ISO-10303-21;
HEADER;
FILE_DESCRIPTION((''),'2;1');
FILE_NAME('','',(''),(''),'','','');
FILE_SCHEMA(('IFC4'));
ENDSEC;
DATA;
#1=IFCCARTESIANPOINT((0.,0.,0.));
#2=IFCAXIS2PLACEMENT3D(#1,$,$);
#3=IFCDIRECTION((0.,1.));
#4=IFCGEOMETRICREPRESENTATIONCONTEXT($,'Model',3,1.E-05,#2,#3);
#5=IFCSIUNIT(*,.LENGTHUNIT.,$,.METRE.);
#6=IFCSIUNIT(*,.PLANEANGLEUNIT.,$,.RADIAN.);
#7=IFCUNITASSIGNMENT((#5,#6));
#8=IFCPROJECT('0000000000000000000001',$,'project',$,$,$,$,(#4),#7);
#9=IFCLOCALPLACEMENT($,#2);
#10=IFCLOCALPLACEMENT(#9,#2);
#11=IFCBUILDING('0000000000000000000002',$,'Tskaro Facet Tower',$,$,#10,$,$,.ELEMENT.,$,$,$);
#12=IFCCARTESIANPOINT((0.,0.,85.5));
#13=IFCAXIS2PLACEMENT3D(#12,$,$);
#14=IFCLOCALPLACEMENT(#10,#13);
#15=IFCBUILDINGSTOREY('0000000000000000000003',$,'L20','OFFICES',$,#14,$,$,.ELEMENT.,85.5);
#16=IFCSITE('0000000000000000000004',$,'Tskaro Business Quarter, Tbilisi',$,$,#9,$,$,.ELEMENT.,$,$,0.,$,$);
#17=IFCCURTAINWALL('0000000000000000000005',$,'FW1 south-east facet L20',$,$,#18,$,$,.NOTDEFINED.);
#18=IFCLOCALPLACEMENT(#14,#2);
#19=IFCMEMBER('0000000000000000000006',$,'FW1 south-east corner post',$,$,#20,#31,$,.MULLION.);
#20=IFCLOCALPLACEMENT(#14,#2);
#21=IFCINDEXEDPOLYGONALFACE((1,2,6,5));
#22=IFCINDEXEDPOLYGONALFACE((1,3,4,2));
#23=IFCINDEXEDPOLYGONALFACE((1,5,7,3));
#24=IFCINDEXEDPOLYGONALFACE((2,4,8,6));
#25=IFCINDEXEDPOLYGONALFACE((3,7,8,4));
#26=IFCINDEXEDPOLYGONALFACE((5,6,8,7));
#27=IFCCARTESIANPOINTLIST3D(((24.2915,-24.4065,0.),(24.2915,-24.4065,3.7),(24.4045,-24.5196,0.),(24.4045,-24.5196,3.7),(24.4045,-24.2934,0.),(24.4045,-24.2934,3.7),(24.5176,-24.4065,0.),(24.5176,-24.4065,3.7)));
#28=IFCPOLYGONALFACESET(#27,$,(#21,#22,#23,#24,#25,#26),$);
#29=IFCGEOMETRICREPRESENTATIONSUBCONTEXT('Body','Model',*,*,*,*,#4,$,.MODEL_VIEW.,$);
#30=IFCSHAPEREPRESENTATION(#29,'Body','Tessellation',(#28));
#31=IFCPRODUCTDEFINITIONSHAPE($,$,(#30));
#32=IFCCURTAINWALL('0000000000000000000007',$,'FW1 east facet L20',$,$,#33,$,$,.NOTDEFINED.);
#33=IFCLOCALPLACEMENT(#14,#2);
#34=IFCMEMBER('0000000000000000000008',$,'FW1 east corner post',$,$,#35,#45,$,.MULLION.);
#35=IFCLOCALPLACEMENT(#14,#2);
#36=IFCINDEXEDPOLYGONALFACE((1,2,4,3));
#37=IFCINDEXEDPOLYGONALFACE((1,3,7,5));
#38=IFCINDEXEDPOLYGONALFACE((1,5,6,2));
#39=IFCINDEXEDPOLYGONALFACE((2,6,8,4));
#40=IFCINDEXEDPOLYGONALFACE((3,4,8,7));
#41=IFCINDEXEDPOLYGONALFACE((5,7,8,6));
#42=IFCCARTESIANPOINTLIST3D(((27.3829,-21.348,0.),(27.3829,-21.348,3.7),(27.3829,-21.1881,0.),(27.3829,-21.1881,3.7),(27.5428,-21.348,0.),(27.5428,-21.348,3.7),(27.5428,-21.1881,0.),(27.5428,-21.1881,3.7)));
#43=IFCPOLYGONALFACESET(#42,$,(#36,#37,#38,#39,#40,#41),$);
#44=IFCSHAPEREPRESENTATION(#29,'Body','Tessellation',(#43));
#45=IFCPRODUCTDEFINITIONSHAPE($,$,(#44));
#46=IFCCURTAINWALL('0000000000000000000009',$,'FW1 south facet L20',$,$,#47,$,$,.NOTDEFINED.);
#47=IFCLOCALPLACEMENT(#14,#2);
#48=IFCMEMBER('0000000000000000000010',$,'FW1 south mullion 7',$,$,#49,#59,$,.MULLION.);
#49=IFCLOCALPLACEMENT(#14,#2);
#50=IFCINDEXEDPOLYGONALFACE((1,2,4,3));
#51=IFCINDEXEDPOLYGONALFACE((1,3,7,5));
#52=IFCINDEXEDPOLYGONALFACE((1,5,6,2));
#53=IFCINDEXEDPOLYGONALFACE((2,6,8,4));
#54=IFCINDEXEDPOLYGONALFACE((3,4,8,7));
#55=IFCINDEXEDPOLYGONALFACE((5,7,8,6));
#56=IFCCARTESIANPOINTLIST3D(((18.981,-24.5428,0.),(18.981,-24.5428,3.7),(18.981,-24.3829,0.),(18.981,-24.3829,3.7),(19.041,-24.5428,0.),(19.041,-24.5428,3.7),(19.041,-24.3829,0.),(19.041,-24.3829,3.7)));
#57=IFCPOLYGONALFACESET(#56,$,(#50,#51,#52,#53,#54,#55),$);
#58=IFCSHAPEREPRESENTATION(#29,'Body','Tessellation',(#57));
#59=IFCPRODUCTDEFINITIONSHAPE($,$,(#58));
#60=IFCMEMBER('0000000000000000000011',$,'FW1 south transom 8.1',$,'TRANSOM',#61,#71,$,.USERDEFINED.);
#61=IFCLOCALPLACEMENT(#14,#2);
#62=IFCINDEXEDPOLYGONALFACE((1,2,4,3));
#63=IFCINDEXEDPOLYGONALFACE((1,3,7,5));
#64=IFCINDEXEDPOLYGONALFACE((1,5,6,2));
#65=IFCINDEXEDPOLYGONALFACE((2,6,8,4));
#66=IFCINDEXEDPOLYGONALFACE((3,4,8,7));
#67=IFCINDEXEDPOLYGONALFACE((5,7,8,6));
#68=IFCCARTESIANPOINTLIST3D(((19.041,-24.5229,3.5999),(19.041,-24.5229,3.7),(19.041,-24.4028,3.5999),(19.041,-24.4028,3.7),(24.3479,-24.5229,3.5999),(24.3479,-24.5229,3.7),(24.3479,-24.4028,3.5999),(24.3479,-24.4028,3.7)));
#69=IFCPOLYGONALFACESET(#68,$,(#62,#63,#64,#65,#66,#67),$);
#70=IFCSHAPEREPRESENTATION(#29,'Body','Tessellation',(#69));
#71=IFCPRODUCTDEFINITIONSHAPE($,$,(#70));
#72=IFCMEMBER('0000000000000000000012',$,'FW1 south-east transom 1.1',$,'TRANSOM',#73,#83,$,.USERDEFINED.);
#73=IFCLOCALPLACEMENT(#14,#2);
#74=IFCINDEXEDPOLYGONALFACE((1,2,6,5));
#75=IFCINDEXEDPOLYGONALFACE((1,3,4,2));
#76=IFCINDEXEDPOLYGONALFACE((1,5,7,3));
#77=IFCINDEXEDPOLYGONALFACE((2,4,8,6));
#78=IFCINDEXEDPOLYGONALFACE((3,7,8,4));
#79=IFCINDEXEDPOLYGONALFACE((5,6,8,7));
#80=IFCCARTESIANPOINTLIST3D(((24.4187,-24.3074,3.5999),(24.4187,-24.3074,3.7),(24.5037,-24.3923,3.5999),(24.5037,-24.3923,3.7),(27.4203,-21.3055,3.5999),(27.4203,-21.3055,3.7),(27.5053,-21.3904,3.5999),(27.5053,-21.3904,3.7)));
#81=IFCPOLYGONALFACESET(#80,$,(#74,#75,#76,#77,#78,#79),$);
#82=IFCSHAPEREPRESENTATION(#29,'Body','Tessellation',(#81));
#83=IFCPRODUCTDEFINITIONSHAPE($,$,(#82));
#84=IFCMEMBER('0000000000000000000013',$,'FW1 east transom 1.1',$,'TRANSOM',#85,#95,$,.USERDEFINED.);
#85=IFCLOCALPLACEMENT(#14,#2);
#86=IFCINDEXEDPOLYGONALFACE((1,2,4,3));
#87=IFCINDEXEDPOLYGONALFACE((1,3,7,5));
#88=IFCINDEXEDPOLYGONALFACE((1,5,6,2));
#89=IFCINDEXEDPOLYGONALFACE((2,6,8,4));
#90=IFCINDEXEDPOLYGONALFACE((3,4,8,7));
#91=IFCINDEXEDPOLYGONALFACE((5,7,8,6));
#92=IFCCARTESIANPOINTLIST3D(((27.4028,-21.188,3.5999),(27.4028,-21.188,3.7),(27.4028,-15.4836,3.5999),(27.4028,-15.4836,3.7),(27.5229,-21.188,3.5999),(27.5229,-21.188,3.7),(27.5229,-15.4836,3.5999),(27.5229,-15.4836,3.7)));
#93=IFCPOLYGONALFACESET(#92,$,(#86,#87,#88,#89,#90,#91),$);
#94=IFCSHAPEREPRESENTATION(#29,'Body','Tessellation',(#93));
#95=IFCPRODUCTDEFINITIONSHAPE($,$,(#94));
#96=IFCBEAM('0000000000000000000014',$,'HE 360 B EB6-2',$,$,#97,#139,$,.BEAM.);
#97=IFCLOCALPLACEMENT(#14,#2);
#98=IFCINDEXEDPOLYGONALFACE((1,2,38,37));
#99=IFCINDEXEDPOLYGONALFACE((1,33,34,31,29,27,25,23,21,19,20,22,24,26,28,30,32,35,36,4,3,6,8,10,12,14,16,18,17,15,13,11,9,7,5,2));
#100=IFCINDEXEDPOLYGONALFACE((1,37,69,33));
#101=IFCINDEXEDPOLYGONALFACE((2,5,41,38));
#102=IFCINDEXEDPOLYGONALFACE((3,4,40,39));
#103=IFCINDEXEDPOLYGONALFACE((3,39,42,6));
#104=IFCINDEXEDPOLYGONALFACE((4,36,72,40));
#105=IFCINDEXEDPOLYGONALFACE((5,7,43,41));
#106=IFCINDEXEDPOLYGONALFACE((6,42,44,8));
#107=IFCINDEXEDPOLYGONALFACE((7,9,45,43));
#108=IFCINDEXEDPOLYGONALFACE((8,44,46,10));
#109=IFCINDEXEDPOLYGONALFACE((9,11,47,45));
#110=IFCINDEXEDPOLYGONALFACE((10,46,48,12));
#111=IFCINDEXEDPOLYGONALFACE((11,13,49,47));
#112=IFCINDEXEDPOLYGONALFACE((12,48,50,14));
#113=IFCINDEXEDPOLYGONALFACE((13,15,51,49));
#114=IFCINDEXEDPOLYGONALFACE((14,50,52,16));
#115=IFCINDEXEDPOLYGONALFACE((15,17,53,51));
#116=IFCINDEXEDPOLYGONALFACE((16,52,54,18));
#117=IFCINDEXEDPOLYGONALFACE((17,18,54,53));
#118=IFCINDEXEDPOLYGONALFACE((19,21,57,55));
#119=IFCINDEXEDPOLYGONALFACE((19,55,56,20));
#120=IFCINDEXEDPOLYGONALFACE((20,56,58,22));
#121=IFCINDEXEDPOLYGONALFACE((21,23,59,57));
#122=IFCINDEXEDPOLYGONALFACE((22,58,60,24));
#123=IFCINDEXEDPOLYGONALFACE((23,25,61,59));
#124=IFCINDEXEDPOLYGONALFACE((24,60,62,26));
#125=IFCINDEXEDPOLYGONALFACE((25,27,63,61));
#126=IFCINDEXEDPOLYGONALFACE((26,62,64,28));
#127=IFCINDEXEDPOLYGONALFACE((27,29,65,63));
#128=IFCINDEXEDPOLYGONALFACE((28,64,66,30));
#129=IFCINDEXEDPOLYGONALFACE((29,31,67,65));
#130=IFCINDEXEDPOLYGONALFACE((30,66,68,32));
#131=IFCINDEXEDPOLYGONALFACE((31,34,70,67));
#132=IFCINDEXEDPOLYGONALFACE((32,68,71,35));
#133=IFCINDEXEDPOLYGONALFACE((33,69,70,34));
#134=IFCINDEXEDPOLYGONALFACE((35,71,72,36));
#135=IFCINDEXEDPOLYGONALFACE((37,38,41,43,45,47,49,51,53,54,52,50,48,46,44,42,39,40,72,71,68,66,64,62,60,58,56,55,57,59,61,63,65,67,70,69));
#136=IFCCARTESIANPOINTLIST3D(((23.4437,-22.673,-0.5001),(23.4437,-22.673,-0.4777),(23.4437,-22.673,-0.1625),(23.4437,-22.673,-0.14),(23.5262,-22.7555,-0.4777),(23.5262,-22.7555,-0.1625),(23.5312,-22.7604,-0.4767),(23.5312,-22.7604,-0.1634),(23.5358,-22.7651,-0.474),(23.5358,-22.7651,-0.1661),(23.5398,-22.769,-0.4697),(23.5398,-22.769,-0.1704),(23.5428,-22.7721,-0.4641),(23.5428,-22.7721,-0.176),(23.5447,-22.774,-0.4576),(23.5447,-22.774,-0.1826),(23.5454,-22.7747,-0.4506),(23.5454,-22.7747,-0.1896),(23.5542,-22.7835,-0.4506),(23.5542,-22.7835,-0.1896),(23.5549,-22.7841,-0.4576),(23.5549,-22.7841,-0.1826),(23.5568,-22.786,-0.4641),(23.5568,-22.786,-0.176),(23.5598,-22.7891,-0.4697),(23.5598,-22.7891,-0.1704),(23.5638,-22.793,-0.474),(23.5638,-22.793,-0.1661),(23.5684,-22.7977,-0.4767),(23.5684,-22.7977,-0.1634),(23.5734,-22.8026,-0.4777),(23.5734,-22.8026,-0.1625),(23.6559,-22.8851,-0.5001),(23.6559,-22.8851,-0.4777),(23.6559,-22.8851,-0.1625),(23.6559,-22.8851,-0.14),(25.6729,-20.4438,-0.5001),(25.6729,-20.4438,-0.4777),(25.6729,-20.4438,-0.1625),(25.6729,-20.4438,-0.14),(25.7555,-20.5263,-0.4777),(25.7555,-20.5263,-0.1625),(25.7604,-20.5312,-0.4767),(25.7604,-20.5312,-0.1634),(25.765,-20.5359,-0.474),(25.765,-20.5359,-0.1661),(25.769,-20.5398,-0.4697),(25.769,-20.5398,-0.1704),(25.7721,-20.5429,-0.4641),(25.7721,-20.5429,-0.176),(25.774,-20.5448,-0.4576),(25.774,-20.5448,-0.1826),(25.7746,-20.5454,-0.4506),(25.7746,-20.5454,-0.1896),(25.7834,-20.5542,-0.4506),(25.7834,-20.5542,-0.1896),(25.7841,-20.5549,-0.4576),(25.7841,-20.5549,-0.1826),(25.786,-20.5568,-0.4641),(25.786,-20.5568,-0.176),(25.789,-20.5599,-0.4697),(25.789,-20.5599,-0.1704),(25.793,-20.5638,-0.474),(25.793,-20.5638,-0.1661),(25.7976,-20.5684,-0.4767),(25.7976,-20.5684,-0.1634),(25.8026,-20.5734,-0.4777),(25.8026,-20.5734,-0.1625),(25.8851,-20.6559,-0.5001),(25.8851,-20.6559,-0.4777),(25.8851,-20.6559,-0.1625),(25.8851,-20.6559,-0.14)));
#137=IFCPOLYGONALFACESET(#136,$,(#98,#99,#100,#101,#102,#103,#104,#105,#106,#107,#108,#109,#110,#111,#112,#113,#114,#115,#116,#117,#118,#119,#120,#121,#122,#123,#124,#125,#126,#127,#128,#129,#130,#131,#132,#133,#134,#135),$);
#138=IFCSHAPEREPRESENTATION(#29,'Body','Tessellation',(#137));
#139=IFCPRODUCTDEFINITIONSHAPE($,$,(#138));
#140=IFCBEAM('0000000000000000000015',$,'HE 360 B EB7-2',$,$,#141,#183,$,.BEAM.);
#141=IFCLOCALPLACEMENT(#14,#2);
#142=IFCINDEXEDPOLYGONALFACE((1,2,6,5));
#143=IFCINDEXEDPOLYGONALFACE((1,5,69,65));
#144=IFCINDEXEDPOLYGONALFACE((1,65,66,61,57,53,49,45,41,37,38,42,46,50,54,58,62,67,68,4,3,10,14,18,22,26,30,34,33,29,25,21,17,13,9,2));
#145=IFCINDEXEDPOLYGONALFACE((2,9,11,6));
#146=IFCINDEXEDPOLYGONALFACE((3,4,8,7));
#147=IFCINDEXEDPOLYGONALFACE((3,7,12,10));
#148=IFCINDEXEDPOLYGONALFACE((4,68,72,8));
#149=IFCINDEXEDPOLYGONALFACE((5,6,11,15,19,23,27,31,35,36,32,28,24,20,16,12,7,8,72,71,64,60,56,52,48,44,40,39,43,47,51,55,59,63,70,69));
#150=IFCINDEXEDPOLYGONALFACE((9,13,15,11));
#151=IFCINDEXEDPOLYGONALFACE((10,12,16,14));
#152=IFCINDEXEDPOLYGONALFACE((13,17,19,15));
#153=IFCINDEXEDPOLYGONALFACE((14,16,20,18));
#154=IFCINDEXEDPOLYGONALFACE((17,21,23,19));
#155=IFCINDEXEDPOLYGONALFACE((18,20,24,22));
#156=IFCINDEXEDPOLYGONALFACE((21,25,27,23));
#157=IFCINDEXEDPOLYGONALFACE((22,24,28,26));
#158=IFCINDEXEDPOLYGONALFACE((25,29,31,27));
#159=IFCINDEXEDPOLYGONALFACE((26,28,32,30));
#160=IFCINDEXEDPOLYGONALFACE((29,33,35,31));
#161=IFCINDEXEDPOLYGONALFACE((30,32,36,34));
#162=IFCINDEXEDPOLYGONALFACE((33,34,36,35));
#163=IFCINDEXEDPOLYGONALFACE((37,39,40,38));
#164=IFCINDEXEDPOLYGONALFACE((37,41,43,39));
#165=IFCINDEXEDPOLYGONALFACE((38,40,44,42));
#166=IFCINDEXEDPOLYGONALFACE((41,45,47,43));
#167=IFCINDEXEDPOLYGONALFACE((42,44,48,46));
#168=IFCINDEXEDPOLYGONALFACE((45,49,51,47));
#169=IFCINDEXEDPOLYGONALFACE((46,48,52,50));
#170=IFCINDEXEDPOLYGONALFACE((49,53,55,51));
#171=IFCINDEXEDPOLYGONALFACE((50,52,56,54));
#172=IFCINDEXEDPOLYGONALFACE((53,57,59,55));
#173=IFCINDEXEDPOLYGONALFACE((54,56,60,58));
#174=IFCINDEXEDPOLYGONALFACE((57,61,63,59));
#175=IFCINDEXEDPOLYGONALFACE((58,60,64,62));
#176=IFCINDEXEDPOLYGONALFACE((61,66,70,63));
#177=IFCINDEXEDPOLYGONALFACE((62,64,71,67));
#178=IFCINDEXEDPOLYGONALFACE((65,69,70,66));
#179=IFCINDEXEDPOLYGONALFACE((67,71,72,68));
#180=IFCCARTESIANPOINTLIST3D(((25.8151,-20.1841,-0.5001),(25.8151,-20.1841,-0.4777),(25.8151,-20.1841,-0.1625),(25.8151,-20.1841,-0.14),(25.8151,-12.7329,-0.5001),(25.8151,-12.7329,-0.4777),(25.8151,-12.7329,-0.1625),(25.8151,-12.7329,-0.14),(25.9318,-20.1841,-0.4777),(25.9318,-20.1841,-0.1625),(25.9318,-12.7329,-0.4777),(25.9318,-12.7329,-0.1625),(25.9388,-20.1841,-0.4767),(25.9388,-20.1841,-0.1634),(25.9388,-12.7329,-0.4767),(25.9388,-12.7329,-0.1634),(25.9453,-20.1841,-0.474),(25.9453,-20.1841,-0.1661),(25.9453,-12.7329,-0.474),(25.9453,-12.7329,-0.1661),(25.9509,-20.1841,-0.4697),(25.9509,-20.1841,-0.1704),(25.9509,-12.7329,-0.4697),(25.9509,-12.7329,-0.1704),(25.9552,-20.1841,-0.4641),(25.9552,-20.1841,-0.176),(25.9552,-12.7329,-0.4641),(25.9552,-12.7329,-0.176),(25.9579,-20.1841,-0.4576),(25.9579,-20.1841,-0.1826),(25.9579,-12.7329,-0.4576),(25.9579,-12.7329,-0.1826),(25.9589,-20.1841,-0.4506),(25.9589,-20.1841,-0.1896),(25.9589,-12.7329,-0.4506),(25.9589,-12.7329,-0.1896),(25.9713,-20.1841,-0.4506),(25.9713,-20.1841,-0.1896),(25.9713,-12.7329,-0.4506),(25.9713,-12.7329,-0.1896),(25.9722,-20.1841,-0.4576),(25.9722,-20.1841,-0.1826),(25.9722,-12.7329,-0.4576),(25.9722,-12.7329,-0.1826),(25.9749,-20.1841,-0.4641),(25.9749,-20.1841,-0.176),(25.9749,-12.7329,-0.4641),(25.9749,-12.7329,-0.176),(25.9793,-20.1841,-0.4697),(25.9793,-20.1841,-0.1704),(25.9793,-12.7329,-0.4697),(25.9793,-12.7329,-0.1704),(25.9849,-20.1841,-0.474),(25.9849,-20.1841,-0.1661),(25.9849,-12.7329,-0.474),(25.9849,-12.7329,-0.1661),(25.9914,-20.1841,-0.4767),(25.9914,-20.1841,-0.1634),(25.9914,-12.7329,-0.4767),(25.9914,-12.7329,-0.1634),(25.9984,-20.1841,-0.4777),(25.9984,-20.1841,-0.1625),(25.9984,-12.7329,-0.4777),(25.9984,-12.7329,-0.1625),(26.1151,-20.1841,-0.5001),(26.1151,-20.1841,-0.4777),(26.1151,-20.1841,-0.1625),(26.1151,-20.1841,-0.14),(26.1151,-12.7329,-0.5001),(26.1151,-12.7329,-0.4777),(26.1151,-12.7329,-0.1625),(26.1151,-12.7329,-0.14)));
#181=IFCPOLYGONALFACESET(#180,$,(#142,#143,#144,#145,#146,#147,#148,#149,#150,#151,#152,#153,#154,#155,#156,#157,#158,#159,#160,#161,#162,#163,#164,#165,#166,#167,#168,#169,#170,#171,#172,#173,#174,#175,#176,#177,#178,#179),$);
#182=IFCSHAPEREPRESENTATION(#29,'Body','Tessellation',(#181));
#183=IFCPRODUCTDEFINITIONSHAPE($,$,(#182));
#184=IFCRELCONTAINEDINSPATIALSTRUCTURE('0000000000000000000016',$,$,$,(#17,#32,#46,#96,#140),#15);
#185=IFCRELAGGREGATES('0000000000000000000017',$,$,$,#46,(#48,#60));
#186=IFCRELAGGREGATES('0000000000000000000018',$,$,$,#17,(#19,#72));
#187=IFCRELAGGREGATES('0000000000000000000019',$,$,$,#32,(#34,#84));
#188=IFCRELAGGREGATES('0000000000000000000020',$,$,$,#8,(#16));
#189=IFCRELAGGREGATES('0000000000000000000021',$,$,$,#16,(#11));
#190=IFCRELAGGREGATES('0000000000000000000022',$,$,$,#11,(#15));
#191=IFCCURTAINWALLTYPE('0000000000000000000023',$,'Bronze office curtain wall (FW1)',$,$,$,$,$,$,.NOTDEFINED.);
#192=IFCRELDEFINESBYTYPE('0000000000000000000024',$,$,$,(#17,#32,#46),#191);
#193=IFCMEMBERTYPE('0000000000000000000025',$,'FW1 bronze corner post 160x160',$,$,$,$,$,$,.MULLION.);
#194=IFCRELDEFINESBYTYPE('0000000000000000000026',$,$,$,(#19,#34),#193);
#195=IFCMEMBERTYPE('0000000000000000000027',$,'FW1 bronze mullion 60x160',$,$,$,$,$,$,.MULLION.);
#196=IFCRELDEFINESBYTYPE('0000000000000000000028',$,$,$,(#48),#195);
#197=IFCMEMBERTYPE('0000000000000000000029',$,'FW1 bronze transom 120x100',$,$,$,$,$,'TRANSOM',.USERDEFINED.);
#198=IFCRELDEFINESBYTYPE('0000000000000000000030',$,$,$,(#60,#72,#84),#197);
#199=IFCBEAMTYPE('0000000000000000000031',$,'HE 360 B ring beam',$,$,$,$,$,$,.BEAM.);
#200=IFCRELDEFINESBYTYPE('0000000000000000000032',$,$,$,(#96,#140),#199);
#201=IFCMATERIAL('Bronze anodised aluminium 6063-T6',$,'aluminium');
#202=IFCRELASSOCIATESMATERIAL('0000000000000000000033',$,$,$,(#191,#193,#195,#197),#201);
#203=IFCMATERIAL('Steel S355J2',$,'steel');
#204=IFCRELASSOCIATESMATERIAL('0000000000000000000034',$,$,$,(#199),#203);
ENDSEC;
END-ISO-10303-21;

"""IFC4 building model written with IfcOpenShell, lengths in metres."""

from ifc_helpers import new_model, si_unit, direction, frame, origin, origin_2d, place, context, subcontext, project, spatial, rectangle, i_section, extrude, material, material_profile, profile_set, type_object, element, aggregate, save


model = new_model("IFC4")

# Units and contexts
model_context = context("Model", 3, precision=1e-05, world=origin(), true_north=direction((0.0, 1.0)))
body_context = subcontext(model_context, "Body", "Model", "MODEL_VIEW")
ifc_project = project(units=[si_unit("LENGTHUNIT", "METRE"), si_unit("PLANEANGLEUNIT", "RADIAN")], contexts=[model_context])

# Site, building, storey
site_placement = place(None, origin())
site = spatial("IfcSite", under=ifc_project, at=site_placement, Name="Tskaro Business Quarter, Tbilisi", CompositionType="ELEMENT", RefElevation=0.0)
building_placement = place(site_placement, origin())
building = spatial("IfcBuilding", under=site, at=building_placement, Name="Tskaro Facet Tower", CompositionType="ELEMENT")
storey_placement = place(building_placement, frame((0.0, 0.0, 85.5)))
storey = spatial("IfcBuildingStorey", under=building, at=storey_placement, Name="L20", Description="OFFICES", CompositionType="ELEMENT", Elevation=85.5)

# Curtain walls, members
ifc_material_1 = material(Name="Bronze anodised aluminium 6063-T6", Category="aluminium")
curtain_wall_type = type_object("IfcCurtainWallType", Name="Bronze office curtain wall (FW1)", PredefinedType="NOTDEFINED", material=ifc_material_1)
curtain_wall_1_placement = place(storey_placement, origin())
curtain_wall_1 = element("IfcCurtainWall", 1, at=curtain_wall_1_placement, inside=storey, type_object=curtain_wall_type, Name="FW1 south-east facet L20", PredefinedType="NOTDEFINED")
ifc_material_profile_1 = material_profile(ifc_material_1, rectangle(XDim=0.1599, YDim=0.1599, at=origin_2d()), Name="Corner post 160x160")
ifc_profile_set_1 = profile_set([ifc_material_profile_1], Name="Bronze anodised aluminium 6063-T6")
member_type_1 = type_object("IfcMemberType", Name="FW1 bronze corner post 160x160", PredefinedType="MULLION", material=ifc_profile_set_1)
member_1_placement = place(storey_placement, frame((24.4045, -24.4065, 0.0), z_axis=(0.0, 0.0, 1.0), x_axis=(0.707107, 0.707107, 0.0)))
member_1 = element("IfcMember", 2, at=member_1_placement, type_object=member_type_1, Name="FW1 south-east corner post", PredefinedType="MULLION", context=body_context, shape_type="SweptSolid", body=[
    extrude(rectangle(XDim=0.1599, YDim=0.1599, at=origin_2d()), origin(), (0.0, 0.0, 1.0), 3.7),
])
curtain_wall_2_placement = place(storey_placement, origin())
curtain_wall_2 = element("IfcCurtainWall", 3, at=curtain_wall_2_placement, inside=storey, type_object=curtain_wall_type, Name="FW1 east facet L20", PredefinedType="NOTDEFINED")
member_2_placement = place(storey_placement, frame((27.4629, -21.2681, 0.0), z_axis=(0.0, 0.0, 1.0), x_axis=(0.0, 1.0, 0.0)))
member_2 = element("IfcMember", 4, at=member_2_placement, type_object=member_type_1, Name="FW1 east corner post", PredefinedType="MULLION", context=body_context, shape_type="SweptSolid", body=[
    extrude(rectangle(XDim=0.1599, YDim=0.1599, at=origin_2d()), origin(), (0.0, 0.0, 1.0), 3.7),
])

# Curtain wall, members
curtain_wall_3_placement = place(storey_placement, origin())
curtain_wall_3 = element("IfcCurtainWall", 5, at=curtain_wall_3_placement, inside=storey, type_object=curtain_wall_type, Name="FW1 south facet L20", PredefinedType="NOTDEFINED")
ifc_material_profile_2 = material_profile(ifc_material_1, rectangle(XDim=0.0601, YDim=0.1599, at=origin_2d()), Name="Mullion 60x160")
ifc_profile_set_2 = profile_set([ifc_material_profile_2], Name="Bronze anodised aluminium 6063-T6")
member_type_2 = type_object("IfcMemberType", Name="FW1 bronze mullion 60x160", PredefinedType="MULLION", material=ifc_profile_set_2)
member_3_placement = place(storey_placement, frame((19.011, -24.4629, 0.0), z_axis=(0.0, 0.0, 1.0), x_axis=(1.0, 0.0, 0.0)))
member_3 = element("IfcMember", 6, at=member_3_placement, type_object=member_type_2, Name="FW1 south mullion 7", PredefinedType="MULLION", context=body_context, shape_type="SweptSolid", body=[
    extrude(rectangle(XDim=0.0601, YDim=0.1599, at=origin_2d()), origin(), (0.0, 0.0, 1.0), 3.7),
])
ifc_material_profile_3 = material_profile(ifc_material_1, rectangle(XDim=0.1201, YDim=0.1001, at=origin_2d()), Name="Transom 120x100")
ifc_profile_set_3 = profile_set([ifc_material_profile_3], Name="Bronze anodised aluminium 6063-T6")
member_type_3 = type_object("IfcMemberType", Name="FW1 bronze transom 120x100", ElementType="TRANSOM", PredefinedType="USERDEFINED", material=ifc_profile_set_3)
member_4_placement = place(storey_placement, frame((19.041, -24.4629, 3.6499), z_axis=(1.0, 0.0, 0.0), x_axis=(0.0, 1.0, 0.0)))
member_4 = element("IfcMember", 7, at=member_4_placement, type_object=member_type_3, Name="FW1 south transom 8.1", ObjectType="TRANSOM", PredefinedType="USERDEFINED", context=body_context, shape_type="SweptSolid", body=[
    extrude(rectangle(XDim=0.1201, YDim=0.1001, at=origin_2d()), origin(), (0.0, 0.0, 1.0), 5.3069),
])

# Members
member_5_placement = place(storey_placement, frame((24.4612, -24.3499, 3.6499), z_axis=(0.707078, 0.707136, 0.0), x_axis=(-0.707136, 0.707078, 0.0)))
member_5 = element("IfcMember", 8, at=member_5_placement, type_object=member_type_3, Name="FW1 south-east transom 1.1", ObjectType="TRANSOM", PredefinedType="USERDEFINED", context=body_context, shape_type="SweptSolid", body=[
    extrude(rectangle(XDim=0.1201, YDim=0.1001, at=origin_2d()), origin(), (0.0, 0.0, 1.0), 4.2451),
])
member_6_placement = place(storey_placement, frame((27.4629, -21.188, 3.6499), z_axis=(0.0, 1.0, 0.0), x_axis=(-1.0, 0.0, 0.0)))
member_6 = element("IfcMember", 9, at=member_6_placement, type_object=member_type_3, Name="FW1 east transom 1.1", ObjectType="TRANSOM", PredefinedType="USERDEFINED", context=body_context, shape_type="SweptSolid", body=[
    extrude(rectangle(XDim=0.1201, YDim=0.1001, at=origin_2d()), origin(), (0.0, 0.0, 1.0), 5.7043),
])

# Beams
ifc_material_2 = material(Name="Steel S355J2", Category="steel")
ifc_material_profile_4 = material_profile(ifc_material_2, i_section(OverallWidth=0.3, OverallDepth=0.3601, WebThickness=0.0125, FlangeThickness=0.0225, FilletRadius=0.0271, at=origin_2d()), Name="HE 360 B")
ifc_profile_set_4 = profile_set([ifc_material_profile_4], Name="Steel S355J2")
beam_type_1 = type_object("IfcBeamType", Name="HE 360 B ring beam", PredefinedType="BEAM", material=ifc_profile_set_4)
beam_1_placement = place(storey_placement, frame((23.5498, -22.7791, -0.3201), z_axis=(0.707107, 0.707107, 0.0), x_axis=(-0.707107, 0.707107, 0.0)))
element("IfcBeam", 10, at=beam_1_placement, inside=storey, type_object=beam_type_1, Name="HE 360 B EB6-2", PredefinedType="BEAM", context=body_context, shape_type="SweptSolid", body=[
    extrude(i_section(OverallWidth=0.3, OverallDepth=0.3601, WebThickness=0.0125, FlangeThickness=0.0225, FilletRadius=0.0271, at=origin_2d()), origin(), (0.0, 0.0, 1.0), 3.1526),
])
beam_2_placement = place(storey_placement, frame((25.9651, -20.1841, -0.3201), z_axis=(0.0, 1.0, 0.0), x_axis=(-1.0, 0.0, 0.0)))
element("IfcBeam", 11, at=beam_2_placement, inside=storey, type_object=beam_type_1, Name="HE 360 B EB7-2", PredefinedType="BEAM", context=body_context, shape_type="SweptSolid", body=[
    extrude(i_section(OverallWidth=0.3, OverallDepth=0.3601, WebThickness=0.0125, FlangeThickness=0.0225, FilletRadius=0.0271, at=origin_2d()), origin(), (0.0, 0.0, 1.0), 7.4512),
])

aggregate(curtain_wall_3, [member_3, member_4])
aggregate(curtain_wall_1, [member_1, member_5])
aggregate(curtain_wall_2, [member_2, member_6])

save(model, "model.ifc")
